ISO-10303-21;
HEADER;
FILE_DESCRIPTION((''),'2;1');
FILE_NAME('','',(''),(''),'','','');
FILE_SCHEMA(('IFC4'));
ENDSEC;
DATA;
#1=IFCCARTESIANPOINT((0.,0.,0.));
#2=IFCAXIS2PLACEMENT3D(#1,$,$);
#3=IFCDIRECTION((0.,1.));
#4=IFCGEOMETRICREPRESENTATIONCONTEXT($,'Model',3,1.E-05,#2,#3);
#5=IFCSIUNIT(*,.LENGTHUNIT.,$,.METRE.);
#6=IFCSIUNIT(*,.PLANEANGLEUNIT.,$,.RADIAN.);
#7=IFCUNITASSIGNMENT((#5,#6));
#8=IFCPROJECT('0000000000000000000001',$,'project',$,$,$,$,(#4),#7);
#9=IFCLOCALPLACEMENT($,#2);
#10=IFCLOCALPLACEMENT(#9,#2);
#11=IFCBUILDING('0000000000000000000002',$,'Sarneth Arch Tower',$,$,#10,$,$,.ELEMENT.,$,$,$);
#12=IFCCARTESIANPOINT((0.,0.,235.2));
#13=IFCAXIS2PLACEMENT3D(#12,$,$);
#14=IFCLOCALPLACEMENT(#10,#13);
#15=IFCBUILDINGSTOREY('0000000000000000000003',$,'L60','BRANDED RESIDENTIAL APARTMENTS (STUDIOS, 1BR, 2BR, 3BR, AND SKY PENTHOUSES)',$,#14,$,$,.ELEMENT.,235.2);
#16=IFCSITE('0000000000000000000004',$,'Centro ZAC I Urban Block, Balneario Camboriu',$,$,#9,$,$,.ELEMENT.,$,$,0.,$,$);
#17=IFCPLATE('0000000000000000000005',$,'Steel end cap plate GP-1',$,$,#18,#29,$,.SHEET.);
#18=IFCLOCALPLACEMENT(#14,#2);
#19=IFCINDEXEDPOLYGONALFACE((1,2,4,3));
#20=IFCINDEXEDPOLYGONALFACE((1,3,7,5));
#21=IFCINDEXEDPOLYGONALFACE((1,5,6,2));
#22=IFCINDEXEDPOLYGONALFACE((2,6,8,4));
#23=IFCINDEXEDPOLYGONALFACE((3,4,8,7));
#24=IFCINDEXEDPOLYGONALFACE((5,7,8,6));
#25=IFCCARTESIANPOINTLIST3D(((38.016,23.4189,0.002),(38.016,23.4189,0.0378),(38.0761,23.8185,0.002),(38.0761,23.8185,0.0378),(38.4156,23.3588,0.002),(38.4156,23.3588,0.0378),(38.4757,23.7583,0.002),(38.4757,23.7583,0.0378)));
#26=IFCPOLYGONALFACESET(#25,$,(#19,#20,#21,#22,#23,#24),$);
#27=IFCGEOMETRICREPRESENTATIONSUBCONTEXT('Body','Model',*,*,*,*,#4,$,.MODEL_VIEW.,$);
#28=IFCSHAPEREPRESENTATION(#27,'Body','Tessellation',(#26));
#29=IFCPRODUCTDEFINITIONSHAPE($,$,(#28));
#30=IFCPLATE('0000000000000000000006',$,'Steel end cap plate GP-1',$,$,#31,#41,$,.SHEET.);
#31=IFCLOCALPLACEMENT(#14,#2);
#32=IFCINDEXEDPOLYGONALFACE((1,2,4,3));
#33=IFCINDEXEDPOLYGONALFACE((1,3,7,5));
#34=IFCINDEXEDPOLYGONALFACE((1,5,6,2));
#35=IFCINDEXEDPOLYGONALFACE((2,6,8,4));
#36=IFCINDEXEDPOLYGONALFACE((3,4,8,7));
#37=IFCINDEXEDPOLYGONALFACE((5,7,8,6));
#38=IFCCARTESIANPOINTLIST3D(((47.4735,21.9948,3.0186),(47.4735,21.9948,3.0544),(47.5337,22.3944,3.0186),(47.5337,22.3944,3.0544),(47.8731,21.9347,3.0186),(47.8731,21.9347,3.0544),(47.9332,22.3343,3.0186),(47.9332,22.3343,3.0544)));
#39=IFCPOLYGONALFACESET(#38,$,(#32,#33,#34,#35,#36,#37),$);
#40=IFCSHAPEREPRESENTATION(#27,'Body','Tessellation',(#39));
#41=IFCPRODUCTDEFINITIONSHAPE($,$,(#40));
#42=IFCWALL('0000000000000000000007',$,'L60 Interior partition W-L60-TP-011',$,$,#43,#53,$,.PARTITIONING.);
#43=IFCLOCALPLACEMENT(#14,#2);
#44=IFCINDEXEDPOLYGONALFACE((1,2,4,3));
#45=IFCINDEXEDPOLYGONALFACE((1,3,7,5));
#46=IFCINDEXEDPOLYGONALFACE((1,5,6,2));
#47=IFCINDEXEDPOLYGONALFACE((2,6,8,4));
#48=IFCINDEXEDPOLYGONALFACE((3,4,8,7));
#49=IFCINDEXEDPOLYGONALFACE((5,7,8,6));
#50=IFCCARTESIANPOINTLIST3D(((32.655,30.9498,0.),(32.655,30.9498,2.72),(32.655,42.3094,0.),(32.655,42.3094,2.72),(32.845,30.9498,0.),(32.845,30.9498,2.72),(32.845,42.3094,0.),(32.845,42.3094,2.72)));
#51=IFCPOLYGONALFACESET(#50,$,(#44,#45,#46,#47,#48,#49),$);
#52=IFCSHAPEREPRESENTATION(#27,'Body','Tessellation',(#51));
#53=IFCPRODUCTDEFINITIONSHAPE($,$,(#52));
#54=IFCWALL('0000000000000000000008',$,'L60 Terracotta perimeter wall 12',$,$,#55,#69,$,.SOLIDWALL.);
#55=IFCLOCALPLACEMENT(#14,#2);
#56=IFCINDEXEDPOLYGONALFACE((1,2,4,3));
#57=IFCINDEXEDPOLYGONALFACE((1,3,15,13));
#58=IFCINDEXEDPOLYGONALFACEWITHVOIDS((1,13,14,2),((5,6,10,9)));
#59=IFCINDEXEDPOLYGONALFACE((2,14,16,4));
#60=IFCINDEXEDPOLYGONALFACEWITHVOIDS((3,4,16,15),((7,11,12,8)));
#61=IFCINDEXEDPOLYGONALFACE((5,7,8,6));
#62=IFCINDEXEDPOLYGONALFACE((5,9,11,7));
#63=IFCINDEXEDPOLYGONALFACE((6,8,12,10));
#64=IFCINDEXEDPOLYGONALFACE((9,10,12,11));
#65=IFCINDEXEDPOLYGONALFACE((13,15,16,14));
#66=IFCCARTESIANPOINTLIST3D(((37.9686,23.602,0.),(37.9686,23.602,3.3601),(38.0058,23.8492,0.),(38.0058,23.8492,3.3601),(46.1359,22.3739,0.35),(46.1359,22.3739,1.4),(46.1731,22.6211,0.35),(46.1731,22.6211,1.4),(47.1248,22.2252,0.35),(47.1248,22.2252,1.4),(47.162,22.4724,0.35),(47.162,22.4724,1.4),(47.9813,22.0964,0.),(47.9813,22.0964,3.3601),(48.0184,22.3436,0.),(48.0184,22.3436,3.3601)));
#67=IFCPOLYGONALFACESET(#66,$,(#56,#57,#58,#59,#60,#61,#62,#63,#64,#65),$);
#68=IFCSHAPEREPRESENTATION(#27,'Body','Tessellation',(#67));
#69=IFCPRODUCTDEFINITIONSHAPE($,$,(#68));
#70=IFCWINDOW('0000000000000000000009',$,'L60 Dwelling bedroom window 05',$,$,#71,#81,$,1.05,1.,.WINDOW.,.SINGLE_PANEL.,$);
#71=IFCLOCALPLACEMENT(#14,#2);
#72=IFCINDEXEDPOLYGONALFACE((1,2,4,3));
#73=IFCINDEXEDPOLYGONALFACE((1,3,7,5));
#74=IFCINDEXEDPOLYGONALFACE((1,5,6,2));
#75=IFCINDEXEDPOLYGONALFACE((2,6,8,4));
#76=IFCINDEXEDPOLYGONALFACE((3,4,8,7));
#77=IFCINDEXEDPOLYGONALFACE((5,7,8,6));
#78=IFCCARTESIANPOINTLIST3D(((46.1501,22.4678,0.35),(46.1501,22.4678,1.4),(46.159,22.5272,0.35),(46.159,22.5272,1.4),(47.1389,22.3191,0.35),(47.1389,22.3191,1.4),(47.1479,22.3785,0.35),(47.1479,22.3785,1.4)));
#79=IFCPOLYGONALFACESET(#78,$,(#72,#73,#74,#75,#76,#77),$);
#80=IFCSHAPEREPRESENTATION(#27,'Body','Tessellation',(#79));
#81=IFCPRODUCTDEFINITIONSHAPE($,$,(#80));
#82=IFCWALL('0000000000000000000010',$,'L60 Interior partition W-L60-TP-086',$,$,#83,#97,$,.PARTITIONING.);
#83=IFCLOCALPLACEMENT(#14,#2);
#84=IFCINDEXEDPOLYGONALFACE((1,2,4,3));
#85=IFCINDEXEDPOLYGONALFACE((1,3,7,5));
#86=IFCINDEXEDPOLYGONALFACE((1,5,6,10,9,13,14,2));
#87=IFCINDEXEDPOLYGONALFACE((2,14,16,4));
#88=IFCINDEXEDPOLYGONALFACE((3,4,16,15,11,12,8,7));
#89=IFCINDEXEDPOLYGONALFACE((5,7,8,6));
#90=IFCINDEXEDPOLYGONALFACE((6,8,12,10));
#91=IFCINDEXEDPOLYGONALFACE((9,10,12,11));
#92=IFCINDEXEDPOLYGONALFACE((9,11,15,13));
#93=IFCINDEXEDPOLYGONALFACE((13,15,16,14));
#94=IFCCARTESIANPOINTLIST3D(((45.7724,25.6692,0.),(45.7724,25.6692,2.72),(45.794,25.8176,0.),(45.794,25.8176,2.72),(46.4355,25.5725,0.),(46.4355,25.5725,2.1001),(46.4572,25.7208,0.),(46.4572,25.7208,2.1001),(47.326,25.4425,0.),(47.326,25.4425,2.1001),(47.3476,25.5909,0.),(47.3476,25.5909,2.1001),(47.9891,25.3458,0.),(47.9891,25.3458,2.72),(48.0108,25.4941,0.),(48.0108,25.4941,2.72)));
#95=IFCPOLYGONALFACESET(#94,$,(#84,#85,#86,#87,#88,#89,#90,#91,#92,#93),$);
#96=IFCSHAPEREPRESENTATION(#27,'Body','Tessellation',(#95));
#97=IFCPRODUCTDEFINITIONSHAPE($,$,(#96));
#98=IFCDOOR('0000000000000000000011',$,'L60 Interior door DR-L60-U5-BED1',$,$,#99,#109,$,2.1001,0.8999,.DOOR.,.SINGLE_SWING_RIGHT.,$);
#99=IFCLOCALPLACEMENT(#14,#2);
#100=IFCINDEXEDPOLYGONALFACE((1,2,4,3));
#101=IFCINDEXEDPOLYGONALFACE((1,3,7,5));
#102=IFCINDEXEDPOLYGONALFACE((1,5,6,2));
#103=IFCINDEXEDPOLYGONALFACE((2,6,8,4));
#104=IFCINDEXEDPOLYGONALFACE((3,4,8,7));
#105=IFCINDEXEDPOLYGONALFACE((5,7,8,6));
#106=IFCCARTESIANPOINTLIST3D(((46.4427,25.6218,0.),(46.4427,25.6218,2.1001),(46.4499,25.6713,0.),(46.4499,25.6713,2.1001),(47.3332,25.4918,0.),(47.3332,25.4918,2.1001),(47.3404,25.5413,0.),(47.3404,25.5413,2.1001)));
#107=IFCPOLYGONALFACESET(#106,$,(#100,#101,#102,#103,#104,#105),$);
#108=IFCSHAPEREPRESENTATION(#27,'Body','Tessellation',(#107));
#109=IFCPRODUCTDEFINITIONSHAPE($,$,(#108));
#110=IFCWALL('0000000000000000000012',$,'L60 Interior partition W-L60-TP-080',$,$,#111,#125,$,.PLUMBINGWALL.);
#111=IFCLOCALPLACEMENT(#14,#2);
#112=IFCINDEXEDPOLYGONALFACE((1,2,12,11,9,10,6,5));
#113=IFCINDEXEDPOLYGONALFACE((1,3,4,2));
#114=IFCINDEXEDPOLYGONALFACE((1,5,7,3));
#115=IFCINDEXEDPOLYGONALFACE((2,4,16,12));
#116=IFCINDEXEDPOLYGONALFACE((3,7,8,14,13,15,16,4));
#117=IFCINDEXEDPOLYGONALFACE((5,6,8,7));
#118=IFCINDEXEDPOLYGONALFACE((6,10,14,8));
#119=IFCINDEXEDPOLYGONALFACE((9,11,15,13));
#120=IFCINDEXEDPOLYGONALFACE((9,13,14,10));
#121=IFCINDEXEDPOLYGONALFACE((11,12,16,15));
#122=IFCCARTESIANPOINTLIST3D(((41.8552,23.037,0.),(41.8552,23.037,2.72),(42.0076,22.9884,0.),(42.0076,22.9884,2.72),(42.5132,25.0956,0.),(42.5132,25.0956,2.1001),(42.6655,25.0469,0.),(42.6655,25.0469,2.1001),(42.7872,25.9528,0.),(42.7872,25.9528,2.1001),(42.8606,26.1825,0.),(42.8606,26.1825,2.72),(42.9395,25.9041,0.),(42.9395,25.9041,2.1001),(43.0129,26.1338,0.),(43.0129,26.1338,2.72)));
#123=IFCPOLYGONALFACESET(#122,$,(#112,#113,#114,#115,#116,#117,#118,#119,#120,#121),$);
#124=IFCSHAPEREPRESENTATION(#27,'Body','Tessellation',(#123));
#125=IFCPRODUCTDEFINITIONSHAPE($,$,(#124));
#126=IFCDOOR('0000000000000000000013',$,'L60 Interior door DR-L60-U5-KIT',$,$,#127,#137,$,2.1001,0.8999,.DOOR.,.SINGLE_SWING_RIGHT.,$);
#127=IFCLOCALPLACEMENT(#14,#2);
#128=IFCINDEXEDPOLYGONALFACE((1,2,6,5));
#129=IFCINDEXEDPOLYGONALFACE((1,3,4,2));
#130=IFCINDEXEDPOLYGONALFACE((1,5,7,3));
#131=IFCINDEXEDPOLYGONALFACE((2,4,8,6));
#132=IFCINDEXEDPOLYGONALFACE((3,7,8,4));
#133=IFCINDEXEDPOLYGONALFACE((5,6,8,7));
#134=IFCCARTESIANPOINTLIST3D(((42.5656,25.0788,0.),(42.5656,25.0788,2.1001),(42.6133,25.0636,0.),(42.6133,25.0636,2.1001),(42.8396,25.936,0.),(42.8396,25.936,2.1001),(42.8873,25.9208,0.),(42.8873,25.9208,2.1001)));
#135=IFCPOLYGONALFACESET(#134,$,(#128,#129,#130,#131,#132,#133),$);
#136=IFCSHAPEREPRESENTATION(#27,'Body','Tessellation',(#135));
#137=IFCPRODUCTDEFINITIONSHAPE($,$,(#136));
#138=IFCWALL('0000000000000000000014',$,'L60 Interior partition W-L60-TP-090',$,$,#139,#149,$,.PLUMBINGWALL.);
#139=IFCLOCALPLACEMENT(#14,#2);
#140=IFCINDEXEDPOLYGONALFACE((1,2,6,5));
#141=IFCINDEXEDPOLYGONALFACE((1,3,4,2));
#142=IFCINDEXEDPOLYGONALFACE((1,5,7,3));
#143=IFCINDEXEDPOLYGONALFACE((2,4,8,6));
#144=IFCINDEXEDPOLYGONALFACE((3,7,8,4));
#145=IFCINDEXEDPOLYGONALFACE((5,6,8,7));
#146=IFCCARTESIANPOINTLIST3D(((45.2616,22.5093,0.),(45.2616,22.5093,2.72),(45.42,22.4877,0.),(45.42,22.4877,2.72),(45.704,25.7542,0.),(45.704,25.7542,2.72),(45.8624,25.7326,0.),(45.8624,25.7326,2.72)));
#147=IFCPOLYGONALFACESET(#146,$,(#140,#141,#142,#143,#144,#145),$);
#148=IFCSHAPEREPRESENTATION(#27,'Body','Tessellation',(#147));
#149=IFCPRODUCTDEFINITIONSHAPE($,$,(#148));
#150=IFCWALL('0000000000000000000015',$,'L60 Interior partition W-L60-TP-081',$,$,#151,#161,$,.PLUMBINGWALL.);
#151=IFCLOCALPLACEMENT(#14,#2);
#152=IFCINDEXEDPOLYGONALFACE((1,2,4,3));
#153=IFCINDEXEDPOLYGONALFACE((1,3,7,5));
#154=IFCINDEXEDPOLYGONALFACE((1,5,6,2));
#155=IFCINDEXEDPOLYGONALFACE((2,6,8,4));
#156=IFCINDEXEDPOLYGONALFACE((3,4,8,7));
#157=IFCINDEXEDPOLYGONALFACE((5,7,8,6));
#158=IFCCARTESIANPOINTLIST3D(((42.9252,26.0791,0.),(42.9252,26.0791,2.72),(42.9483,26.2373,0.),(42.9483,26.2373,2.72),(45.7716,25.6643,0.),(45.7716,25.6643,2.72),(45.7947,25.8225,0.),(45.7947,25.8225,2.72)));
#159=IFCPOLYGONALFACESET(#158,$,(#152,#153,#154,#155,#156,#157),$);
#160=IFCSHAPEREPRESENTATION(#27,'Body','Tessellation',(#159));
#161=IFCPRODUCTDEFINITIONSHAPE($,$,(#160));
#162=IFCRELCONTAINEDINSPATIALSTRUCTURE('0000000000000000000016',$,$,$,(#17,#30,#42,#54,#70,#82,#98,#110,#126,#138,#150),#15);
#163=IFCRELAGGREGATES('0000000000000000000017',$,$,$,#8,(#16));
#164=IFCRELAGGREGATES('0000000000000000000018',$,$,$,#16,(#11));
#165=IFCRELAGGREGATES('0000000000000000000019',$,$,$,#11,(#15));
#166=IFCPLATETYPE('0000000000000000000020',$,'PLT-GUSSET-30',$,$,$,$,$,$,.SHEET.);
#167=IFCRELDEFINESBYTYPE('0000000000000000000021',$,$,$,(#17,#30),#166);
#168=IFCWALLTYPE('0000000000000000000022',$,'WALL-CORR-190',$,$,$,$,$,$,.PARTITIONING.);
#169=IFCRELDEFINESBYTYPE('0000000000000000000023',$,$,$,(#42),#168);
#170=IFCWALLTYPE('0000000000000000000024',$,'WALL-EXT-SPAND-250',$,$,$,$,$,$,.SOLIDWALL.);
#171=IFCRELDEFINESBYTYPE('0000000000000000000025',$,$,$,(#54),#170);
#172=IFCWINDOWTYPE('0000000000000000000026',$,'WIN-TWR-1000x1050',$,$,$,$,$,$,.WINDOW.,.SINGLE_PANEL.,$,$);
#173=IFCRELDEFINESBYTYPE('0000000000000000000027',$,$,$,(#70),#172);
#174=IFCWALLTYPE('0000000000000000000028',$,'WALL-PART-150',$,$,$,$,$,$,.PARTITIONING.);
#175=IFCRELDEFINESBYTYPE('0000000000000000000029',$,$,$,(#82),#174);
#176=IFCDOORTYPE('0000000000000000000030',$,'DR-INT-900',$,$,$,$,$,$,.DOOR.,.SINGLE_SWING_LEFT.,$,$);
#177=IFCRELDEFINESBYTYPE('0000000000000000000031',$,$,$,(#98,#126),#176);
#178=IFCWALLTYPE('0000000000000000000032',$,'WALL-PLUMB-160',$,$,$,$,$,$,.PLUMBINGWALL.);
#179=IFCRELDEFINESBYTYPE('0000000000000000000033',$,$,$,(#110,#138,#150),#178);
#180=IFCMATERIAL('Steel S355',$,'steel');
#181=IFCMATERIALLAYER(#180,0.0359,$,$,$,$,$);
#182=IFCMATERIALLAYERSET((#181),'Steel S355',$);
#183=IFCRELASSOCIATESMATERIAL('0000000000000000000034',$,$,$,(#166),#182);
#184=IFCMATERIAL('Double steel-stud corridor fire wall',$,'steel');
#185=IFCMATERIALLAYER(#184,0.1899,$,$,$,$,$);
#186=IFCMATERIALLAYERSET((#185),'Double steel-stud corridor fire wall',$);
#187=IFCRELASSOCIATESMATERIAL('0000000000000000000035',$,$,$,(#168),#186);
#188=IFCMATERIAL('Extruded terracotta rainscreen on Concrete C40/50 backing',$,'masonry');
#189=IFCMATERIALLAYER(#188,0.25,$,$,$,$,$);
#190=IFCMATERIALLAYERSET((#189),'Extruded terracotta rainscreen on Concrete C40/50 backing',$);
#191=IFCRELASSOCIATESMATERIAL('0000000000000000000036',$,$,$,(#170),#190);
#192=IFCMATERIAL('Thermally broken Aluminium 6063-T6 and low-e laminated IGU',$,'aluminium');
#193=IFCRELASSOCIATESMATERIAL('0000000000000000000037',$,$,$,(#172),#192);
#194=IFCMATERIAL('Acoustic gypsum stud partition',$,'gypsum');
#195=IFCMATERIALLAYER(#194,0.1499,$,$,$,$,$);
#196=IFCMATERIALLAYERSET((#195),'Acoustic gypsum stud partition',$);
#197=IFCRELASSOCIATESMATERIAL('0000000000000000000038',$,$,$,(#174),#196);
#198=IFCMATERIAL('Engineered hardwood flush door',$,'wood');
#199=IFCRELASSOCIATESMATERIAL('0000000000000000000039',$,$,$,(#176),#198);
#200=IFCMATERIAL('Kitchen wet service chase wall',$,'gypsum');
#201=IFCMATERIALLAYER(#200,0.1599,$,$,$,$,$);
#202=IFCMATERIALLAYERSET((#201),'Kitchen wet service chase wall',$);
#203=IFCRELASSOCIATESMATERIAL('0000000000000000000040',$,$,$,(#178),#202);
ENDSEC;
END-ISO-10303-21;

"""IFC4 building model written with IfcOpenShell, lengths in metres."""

from ifc_helpers import new_model, si_unit, direction, frame, frame_2d, origin, origin_2d, place, context, subcontext, project, spatial, rectangle, extrude, material, layer, layer_set, type_object, element, fill, save


model = new_model("IFC4")

# Units and contexts
model_context = context("Model", 3, precision=1e-05, world=origin(), true_north=direction((0.0, 1.0)))
body_context = subcontext(model_context, "Body", "Model", "MODEL_VIEW")
ifc_project = project(units=[si_unit("LENGTHUNIT", "METRE"), si_unit("PLANEANGLEUNIT", "RADIAN")], contexts=[model_context])

# Site, building, storey
site_placement = place(None, origin())
site = spatial("IfcSite", under=ifc_project, at=site_placement, Name="Centro ZAC I Urban Block, Balneario Camboriu", CompositionType="ELEMENT", RefElevation=0.0)
building_placement = place(site_placement, origin())
building = spatial("IfcBuilding", under=site, at=building_placement, Name="Sarneth Arch Tower", CompositionType="ELEMENT")
storey_placement = place(building_placement, frame((0.0, 0.0, 235.2)))
storey = spatial("IfcBuildingStorey", under=building, at=storey_placement, Name="L60", Description="BRANDED RESIDENTIAL APARTMENTS (STUDIOS, 1BR, 2BR, 3BR, AND SKY PENTHOUSES)", CompositionType="ELEMENT", Elevation=235.2)

# Plates
ifc_material_1 = material(Name="Steel S355", Category="steel")
ifc_layer_1 = layer(ifc_material_1, 0.0359)
ifc_layer_set_1 = layer_set([ifc_layer_1], Name="Steel S355")
plate_type = type_object("IfcPlateType", Name="PLT-GUSSET-30", PredefinedType="SHEET", material=ifc_layer_set_1)
for number, where, z_axis, x_axis, name in (
    (1, (38.2458, 23.5886, 0.002), (0.0, 0.0, 1.0), (0.988861, -0.148845, 0.0), "Steel end cap plate GP-1"),
    (2, (47.7034, 22.1646, 3.0186), (0.0, 0.0, 1.0), (0.988861, -0.148845, 0.0), "Steel end cap plate GP-1"),
):
    element("IfcPlate", number, at=place(storey_placement, frame(where, z_axis=z_axis, x_axis=x_axis)), inside=storey, type_object=plate_type, Name=name, PredefinedType="SHEET", context=body_context, shape_type="SweptSolid", body=[
        extrude(rectangle(XDim=0.4041, YDim=0.4041, at=origin_2d()), origin(), (0.0, 0.0, 1.0), 0.0359),
    ])

# Wall
ifc_material_2 = material(Name="Double steel-stud corridor fire wall", Category="steel")
ifc_layer_2 = layer(ifc_material_2, 0.1899)
ifc_layer_set_2 = layer_set([ifc_layer_2], Name="Double steel-stud corridor fire wall")
wall_type_1 = type_object("IfcWallType", Name="WALL-CORR-190", PredefinedType="PARTITIONING", material=ifc_layer_set_2)
wall_1_placement = place(storey_placement, frame((32.75, 30.95, 0.0), z_axis=(0.0, 0.0, 1.0), x_axis=(0.0, 1.0, 0.0)))
element("IfcWall", 3, at=wall_1_placement, inside=storey, type_object=wall_type_1, Name="L60 Interior partition W-L60-TP-011", PredefinedType="PARTITIONING", context=body_context, shape_type="SweptSolid", body=[
    extrude(rectangle(XDim=11.3596, YDim=0.1899, at=frame_2d((5.6797, 0.0))), origin(), (0.0, 0.0, 1.0), 2.72),
])

# Wall, opening, window
ifc_material_3 = material(Name="Extruded terracotta rainscreen on Concrete C40/50 backing", Category="masonry")
ifc_layer_3 = layer(ifc_material_3, 0.25)
ifc_layer_set_3 = layer_set([ifc_layer_3], Name="Extruded terracotta rainscreen on Concrete C40/50 backing")
wall_type_2 = type_object("IfcWallType", Name="WALL-EXT-SPAND-250", PredefinedType="SOLIDWALL", material=ifc_layer_set_3)
wall_2_placement = place(storey_placement, frame((37.9873, 23.7256, 0.0), z_axis=(0.0, 0.0, 1.0), x_axis=(0.988883, -0.148699, 0.0)))
wall_2 = element("IfcWall", 4, at=wall_2_placement, inside=storey, type_object=wall_type_2, Name="L60 Terracotta perimeter wall 12", PredefinedType="SOLIDWALL", context=body_context, shape_type="SweptSolid", body=[
    extrude(rectangle(XDim=10.1252, YDim=0.25, at=frame_2d((5.0625, 0.0))), origin(), (0.0, 0.0, 1.0), 3.3601),
])
opening_1_placement = place(wall_2_placement, frame((8.259, 0.0, 0.3501)))
opening_1 = element("IfcOpeningElement", 5, at=opening_1_placement, cuts=wall_2, PredefinedType="OPENING", context=body_context, shape_type="SweptSolid", body=[
    extrude(rectangle(XDim=1.0, YDim=1.05, at=frame_2d((0.5, 0.5249))), frame((0.0, 0.135, 0.0), z_axis=(0.0, -1.0, 0.0), x_axis=(1.0, 0.0, 0.0)), (0.0, 0.0, 1.0), 0.27),
])
ifc_material_4 = material(Name="Thermally broken Aluminium 6063-T6 and low-e laminated IGU", Category="aluminium")
window_type = type_object("IfcWindowType", Name="WIN-TWR-1000x1050", PartitioningType="SINGLE_PANEL", PredefinedType="WINDOW", material=ifc_material_4)
window_placement = place(opening_1_placement, origin())
window = element("IfcWindow", 6, at=window_placement, inside=storey, type_object=window_type, Name="L60 Dwelling bedroom window 05", OverallHeight=1.05, OverallWidth=1.0, PartitioningType="SINGLE_PANEL", PredefinedType="WINDOW", context=body_context, shape_type="SweptSolid", body=[
    extrude(rectangle(XDim=1.0, YDim=1.05, at=frame_2d((0.5, 0.5249))), frame((0.0, 0.03, 0.0), z_axis=(0.0, -1.0, 0.0), x_axis=(1.0, 0.0, 0.0)), (0.0, 0.0, 1.0), 0.0601),
])
fill(opening_1, window)

# Walls, openings, doors
ifc_material_5 = material(Name="Acoustic gypsum stud partition", Category="gypsum")
ifc_layer_4 = layer(ifc_material_5, 0.1499)
ifc_layer_set_4 = layer_set([ifc_layer_4], Name="Acoustic gypsum stud partition")
wall_type_3 = type_object("IfcWallType", Name="WALL-PART-150", PredefinedType="PARTITIONING", material=ifc_layer_set_4)
wall_3_placement = place(storey_placement, frame((45.7832, 25.7434, 0.0), z_axis=(0.0, 0.0, 1.0), x_axis=(0.98952, -0.144396, 0.0)))
wall_3 = element("IfcWall", 7, at=wall_3_placement, inside=storey, type_object=wall_type_3, Name="L60 Interior partition W-L60-TP-086", PredefinedType="PARTITIONING", context=body_context, shape_type="SweptSolid", body=[
    extrude(rectangle(XDim=2.2402, YDim=0.1499, at=frame_2d((1.1201, 0.0))), origin(), (0.0, 0.0, 1.0), 2.72),
])
opening_2_placement = place(wall_3_placement, frame((0.6702, 0.0, 0.0)))
opening_2 = element("IfcOpeningElement", 8, at=opening_2_placement, cuts=wall_3, PredefinedType="OPENING", context=body_context, shape_type="SweptSolid", body=[
    extrude(rectangle(XDim=0.8999, YDim=2.1001, at=frame_2d((0.45, 1.05))), frame((0.0, 0.085, 0.0), z_axis=(0.0, -1.0, 0.0), x_axis=(1.0, 0.0, 0.0)), (0.0, 0.0, 1.0), 0.1699),
])
ifc_material_6 = material(Name="Engineered hardwood flush door", Category="wood")
door_type_1 = type_object("IfcDoorType", Name="DR-INT-900", OperationType="SINGLE_SWING_LEFT", PredefinedType="DOOR", material=ifc_material_6)
door_1_placement = place(opening_2_placement, origin())
door_1 = element("IfcDoor", 9, at=door_1_placement, inside=storey, type_object=door_type_1, Name="L60 Interior door DR-L60-U5-BED1", OperationType="SINGLE_SWING_RIGHT", OverallHeight=2.1001, OverallWidth=0.8999, PredefinedType="DOOR", context=body_context, shape_type="SweptSolid", body=[
    extrude(rectangle(XDim=0.8999, YDim=2.1001, at=frame_2d((0.45, 1.05))), frame((0.0, 0.0249, 0.0), z_axis=(0.0, -1.0, 0.0), x_axis=(1.0, 0.0, 0.0)), (0.0, 0.0, 1.0), 0.05),
])
fill(opening_2, door_1)
ifc_material_7 = material(Name="Kitchen wet service chase wall", Category="gypsum")
ifc_layer_5 = layer(ifc_material_7, 0.1599)
ifc_layer_set_5 = layer_set([ifc_layer_5], Name="Kitchen wet service chase wall")
wall_type_4 = type_object("IfcWallType", Name="WALL-PLUMB-160", PredefinedType="PLUMBINGWALL", material=ifc_layer_set_5)
wall_4_placement = place(storey_placement, frame((41.9314, 23.0127, 0.0), z_axis=(0.0, 0.0, 1.0), x_axis=(0.304448, 0.952529, 0.0)))
wall_4 = element("IfcWall", 10, at=wall_4_placement, inside=storey, type_object=wall_type_4, Name="L60 Interior partition W-L60-TP-080", PredefinedType="PLUMBINGWALL", context=body_context, shape_type="SweptSolid", body=[
    extrude(rectangle(XDim=3.3022, YDim=0.1599, at=frame_2d((1.6511, 0.0))), origin(), (0.0, 0.0, 1.0), 2.72),
])
opening_3_placement = place(wall_4_placement, frame((2.1611, 0.0, 0.0)))
opening_3 = element("IfcOpeningElement", 11, at=opening_3_placement, cuts=wall_4, PredefinedType="OPENING", context=body_context, shape_type="SweptSolid", body=[
    extrude(rectangle(XDim=0.8999, YDim=2.1001, at=frame_2d((0.45, 1.05))), frame((0.0, 0.0898, 0.0), z_axis=(0.0, -1.0, 0.0), x_axis=(1.0, 0.0, 0.0)), (0.0, 0.0, 1.0), 0.1799),
])
door_2_placement = place(opening_3_placement, origin())
door_2 = element("IfcDoor", 12, at=door_2_placement, inside=storey, type_object=door_type_1, Name="L60 Interior door DR-L60-U5-KIT", OperationType="SINGLE_SWING_RIGHT", OverallHeight=2.1001, OverallWidth=0.8999, PredefinedType="DOOR", context=body_context, shape_type="SweptSolid", body=[
    extrude(rectangle(XDim=0.8999, YDim=2.1001, at=frame_2d((0.45, 1.05))), frame((0.0, 0.0249, 0.0), z_axis=(0.0, -1.0, 0.0), x_axis=(1.0, 0.0, 0.0)), (0.0, 0.0, 1.0), 0.05),
])
fill(opening_3, door_2)

# Walls
wall_5_placement = place(storey_placement, frame((45.3408, 22.4985, 0.0), z_axis=(0.0, 0.0, 1.0), x_axis=(0.135083, 0.990834, 0.0)))
element("IfcWall", 13, at=wall_5_placement, inside=storey, type_object=wall_type_4, Name="L60 Interior partition W-L60-TP-090", PredefinedType="PLUMBINGWALL", context=body_context, shape_type="SweptSolid", body=[
    extrude(rectangle(XDim=3.2749, YDim=0.1599, at=frame_2d((1.6375, 0.0))), origin(), (0.0, 0.0, 1.0), 2.72),
])
wall_6_placement = place(storey_placement, frame((42.9368, 26.1582, 0.0), z_axis=(0.0, 0.0, 1.0), x_axis=(0.989548, -0.144201, 0.0)))
element("IfcWall", 14, at=wall_6_placement, inside=storey, type_object=wall_type_4, Name="L60 Interior partition W-L60-TP-081", PredefinedType="PLUMBINGWALL", context=body_context, shape_type="SweptSolid", body=[
    extrude(rectangle(XDim=2.8765, YDim=0.1599, at=frame_2d((1.4382, 0.0))), origin(), (0.0, 0.0, 1.0), 2.72),
])

save(model, "model.ifc")
